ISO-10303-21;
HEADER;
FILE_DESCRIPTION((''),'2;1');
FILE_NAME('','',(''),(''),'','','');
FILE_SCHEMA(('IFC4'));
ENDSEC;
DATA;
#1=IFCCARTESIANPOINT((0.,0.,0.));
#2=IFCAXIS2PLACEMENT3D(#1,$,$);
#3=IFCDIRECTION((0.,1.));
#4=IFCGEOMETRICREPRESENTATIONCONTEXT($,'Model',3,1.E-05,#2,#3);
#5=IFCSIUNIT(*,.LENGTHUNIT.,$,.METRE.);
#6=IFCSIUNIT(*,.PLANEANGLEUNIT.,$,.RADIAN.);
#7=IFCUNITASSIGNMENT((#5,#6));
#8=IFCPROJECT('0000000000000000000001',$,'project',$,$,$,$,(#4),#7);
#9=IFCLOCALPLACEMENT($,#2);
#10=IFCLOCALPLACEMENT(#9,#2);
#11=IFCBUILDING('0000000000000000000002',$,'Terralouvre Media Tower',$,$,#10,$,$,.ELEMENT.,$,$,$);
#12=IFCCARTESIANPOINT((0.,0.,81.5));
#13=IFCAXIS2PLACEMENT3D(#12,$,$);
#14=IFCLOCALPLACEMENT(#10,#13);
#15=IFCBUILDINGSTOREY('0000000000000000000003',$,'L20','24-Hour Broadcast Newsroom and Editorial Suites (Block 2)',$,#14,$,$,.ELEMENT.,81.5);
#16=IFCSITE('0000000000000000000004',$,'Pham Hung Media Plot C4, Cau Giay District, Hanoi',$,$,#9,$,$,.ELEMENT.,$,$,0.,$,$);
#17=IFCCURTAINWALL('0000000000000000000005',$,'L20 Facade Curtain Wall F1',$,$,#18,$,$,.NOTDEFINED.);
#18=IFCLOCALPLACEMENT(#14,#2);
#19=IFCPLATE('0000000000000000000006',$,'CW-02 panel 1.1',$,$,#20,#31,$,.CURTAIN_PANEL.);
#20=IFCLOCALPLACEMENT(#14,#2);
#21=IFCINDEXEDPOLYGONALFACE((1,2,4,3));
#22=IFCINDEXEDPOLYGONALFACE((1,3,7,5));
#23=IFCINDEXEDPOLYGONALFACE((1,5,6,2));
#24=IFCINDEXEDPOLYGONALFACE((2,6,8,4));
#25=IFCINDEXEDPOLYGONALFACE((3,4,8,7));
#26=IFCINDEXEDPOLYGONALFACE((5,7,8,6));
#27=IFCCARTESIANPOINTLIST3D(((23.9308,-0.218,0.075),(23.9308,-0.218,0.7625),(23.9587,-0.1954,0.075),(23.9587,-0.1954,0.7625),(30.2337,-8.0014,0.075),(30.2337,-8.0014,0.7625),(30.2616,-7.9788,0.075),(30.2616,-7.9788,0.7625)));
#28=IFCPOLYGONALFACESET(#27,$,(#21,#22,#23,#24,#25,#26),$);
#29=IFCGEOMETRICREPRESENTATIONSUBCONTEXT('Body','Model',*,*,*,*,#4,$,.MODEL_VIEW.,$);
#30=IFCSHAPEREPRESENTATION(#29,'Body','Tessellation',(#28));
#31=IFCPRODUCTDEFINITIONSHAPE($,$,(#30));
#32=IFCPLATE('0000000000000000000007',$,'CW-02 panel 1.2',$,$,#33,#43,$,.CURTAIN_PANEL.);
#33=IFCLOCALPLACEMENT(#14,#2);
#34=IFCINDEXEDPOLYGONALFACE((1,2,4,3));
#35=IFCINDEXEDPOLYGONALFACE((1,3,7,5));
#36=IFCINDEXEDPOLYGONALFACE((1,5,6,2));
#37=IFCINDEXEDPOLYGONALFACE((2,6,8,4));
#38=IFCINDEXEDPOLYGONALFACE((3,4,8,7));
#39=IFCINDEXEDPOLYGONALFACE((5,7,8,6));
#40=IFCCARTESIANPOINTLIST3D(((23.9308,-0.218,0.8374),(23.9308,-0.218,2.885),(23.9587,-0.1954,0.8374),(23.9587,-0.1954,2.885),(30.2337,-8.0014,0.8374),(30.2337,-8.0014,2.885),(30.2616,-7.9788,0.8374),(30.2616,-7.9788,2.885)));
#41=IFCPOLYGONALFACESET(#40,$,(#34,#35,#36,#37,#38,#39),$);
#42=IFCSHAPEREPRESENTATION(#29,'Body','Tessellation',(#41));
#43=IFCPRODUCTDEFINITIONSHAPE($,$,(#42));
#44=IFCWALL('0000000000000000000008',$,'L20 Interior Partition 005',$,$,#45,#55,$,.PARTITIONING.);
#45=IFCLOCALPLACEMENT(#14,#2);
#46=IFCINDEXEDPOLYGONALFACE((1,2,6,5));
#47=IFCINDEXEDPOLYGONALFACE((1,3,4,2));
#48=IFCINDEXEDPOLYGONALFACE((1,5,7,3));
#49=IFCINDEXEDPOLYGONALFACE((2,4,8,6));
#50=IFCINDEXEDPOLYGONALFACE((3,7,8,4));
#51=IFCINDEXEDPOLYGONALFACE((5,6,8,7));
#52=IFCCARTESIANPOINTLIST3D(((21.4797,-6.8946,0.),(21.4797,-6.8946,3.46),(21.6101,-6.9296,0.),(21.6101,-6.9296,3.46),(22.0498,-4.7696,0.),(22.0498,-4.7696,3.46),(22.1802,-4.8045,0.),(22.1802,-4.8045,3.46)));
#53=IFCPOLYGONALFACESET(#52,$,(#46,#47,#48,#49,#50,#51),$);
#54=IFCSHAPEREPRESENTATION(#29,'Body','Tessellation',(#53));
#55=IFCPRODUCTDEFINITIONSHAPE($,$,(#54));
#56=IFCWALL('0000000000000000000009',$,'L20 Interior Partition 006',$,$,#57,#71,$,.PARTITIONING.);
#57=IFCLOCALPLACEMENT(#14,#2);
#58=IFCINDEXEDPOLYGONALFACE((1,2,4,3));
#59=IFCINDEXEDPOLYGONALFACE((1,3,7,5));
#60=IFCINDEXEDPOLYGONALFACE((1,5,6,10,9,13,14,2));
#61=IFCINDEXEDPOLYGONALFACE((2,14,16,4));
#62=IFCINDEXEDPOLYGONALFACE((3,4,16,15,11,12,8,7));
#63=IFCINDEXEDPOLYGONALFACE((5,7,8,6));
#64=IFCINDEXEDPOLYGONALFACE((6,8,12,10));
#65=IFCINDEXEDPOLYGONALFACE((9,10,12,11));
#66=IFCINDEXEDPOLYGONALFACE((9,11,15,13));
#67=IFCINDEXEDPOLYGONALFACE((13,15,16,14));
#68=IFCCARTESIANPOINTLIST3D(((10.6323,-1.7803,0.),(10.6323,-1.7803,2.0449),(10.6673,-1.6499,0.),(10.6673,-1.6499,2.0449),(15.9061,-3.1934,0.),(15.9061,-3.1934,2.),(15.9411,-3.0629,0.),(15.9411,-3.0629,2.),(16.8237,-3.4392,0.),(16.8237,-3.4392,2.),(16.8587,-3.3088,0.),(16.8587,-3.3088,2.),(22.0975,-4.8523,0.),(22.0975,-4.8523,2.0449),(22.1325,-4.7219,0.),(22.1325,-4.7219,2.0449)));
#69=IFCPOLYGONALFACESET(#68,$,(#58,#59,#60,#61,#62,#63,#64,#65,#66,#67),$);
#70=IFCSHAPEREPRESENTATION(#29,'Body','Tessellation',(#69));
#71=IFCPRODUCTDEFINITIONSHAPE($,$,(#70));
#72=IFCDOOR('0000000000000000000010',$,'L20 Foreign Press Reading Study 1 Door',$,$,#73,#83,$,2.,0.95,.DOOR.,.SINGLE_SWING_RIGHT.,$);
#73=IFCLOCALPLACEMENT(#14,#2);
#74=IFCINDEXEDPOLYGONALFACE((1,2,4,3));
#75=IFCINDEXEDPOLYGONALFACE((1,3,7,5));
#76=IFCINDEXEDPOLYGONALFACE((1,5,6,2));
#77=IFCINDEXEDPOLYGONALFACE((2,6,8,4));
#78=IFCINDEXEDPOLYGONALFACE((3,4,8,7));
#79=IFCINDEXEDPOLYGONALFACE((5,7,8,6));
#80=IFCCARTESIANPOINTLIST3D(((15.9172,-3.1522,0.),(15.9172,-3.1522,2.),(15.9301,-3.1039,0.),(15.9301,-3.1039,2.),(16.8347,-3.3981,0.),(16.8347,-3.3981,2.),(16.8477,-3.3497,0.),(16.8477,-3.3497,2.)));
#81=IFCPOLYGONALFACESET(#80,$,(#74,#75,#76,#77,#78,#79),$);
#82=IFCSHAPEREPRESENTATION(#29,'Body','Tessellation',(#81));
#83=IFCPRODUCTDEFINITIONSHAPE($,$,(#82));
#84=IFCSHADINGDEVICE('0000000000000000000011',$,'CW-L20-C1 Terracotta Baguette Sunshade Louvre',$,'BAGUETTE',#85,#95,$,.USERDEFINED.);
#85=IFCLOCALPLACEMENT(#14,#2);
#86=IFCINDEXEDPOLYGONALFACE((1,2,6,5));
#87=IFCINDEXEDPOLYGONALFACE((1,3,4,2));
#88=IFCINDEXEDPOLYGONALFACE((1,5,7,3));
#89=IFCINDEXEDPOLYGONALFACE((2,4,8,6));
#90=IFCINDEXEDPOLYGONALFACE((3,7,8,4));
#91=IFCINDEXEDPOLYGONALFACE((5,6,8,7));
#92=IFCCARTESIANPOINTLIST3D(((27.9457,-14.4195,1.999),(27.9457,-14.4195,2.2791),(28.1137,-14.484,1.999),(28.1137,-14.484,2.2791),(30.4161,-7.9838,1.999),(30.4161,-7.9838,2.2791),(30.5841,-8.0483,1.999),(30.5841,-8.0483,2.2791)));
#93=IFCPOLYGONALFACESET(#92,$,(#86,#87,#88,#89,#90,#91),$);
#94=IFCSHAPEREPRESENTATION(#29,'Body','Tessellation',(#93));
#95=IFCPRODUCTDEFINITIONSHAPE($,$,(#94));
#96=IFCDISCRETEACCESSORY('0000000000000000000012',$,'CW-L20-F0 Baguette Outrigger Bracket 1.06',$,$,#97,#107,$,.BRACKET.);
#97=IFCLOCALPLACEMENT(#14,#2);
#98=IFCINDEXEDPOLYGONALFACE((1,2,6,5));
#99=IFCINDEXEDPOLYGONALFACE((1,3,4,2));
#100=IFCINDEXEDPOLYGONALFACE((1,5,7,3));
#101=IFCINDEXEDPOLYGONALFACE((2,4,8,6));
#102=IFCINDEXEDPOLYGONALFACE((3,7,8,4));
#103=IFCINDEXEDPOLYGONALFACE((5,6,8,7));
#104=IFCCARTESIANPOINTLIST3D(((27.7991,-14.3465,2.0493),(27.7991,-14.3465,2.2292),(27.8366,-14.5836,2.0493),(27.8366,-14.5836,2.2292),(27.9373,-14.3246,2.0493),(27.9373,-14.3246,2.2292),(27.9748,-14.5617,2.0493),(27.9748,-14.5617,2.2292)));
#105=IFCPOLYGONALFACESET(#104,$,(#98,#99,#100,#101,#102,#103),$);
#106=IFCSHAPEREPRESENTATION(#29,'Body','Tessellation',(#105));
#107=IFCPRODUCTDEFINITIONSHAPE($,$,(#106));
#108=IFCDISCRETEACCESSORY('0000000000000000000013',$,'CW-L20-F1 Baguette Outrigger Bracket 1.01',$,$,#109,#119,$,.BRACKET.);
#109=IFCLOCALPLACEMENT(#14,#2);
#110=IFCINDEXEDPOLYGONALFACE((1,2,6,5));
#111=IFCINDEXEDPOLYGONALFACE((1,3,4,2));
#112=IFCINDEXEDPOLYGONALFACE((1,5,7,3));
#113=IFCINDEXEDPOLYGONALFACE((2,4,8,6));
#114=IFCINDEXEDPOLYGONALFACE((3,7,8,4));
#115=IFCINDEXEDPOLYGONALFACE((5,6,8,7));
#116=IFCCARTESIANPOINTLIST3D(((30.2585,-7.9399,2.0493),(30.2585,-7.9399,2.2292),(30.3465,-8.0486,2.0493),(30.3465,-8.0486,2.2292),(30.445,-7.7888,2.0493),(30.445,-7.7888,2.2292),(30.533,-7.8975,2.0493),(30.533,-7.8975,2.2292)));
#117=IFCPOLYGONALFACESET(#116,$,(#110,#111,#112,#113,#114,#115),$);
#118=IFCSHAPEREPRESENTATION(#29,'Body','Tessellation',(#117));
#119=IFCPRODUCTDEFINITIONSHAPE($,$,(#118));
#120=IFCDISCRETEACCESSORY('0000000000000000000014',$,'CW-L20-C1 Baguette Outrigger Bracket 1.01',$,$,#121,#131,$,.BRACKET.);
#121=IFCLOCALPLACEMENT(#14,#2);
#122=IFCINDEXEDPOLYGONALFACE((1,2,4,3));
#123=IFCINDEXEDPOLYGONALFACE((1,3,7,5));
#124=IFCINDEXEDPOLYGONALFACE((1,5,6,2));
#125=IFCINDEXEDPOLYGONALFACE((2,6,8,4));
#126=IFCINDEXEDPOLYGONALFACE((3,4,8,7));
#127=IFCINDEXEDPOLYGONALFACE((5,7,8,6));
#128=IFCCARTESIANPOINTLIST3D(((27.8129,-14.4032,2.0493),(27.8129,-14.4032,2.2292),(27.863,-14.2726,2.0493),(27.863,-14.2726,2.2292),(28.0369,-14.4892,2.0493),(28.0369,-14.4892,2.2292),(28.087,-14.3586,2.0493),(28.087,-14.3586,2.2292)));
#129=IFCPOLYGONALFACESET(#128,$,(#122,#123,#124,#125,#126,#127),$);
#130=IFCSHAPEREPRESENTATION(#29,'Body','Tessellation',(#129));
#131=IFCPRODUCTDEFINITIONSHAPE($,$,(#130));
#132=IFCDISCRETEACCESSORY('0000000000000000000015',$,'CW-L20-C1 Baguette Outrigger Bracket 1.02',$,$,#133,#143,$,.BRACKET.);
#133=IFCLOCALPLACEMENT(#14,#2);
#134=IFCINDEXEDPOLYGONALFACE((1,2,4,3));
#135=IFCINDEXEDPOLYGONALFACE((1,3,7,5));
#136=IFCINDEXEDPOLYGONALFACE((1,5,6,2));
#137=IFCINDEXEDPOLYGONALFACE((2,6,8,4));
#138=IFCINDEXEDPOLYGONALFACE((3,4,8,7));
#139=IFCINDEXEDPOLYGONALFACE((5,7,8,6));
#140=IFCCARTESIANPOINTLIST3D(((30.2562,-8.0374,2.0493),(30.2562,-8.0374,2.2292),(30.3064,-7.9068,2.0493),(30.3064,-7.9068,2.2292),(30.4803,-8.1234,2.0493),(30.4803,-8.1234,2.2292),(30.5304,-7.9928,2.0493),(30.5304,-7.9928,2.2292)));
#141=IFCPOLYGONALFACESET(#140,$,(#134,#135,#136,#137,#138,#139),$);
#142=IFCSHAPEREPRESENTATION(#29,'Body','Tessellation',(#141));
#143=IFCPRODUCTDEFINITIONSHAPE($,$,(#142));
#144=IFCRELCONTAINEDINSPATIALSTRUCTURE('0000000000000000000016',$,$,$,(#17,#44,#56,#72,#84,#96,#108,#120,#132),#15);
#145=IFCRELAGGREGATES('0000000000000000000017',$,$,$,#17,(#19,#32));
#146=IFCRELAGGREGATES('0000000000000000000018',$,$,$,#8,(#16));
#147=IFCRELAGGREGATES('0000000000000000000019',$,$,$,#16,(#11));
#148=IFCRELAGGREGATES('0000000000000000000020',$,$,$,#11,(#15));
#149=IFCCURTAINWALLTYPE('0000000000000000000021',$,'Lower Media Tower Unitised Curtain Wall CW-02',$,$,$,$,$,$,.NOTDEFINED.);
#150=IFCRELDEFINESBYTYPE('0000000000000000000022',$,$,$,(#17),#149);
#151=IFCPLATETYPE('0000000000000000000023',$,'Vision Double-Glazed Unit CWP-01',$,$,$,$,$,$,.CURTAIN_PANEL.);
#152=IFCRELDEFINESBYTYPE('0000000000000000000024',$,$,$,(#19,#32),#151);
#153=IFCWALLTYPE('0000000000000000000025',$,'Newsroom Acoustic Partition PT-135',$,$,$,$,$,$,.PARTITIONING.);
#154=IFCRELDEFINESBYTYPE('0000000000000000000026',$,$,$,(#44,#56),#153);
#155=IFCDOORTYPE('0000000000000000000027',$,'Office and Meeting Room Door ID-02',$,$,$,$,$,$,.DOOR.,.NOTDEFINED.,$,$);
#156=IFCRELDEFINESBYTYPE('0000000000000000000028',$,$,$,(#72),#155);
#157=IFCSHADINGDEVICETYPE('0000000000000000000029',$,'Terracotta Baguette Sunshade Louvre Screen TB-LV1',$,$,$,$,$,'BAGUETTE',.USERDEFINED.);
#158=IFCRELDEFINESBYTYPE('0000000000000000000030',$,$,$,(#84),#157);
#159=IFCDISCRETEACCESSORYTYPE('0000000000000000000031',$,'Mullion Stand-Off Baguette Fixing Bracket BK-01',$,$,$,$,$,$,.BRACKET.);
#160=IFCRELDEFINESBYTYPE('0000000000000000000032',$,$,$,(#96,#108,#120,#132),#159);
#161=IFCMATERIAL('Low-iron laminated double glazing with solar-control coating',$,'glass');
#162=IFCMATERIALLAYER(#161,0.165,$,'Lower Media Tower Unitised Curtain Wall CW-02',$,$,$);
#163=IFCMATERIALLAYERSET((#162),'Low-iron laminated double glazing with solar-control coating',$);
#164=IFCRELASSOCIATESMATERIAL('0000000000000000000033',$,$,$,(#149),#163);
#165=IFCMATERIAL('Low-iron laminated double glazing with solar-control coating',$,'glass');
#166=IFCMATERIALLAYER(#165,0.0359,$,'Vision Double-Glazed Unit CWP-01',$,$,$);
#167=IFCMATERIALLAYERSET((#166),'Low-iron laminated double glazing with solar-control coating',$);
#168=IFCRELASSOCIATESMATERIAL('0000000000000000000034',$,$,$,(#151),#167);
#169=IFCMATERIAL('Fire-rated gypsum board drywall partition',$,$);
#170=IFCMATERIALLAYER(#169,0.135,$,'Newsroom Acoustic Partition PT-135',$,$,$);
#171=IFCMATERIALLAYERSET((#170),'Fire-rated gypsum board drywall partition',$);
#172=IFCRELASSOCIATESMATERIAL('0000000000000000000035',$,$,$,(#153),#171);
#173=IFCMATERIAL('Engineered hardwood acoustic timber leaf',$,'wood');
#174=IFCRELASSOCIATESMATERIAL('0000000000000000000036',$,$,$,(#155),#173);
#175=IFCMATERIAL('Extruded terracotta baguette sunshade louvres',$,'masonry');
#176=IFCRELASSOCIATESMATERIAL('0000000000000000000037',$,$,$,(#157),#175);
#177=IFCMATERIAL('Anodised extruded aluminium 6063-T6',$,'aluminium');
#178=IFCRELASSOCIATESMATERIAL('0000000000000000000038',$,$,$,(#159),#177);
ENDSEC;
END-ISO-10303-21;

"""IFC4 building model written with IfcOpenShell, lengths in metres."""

from ifc_helpers import new_model, si_unit, direction, frame, frame_2d, origin, origin_2d, place, context, subcontext, project, spatial, rectangle, extrude, material, layer, layer_set, type_object, element, fill, aggregate, save


model = new_model("IFC4")

# Units and contexts
model_context = context("Model", 3, precision=1e-05, world=origin(), true_north=direction((0.0, 1.0)))
body_context = subcontext(model_context, "Body", "Model", "MODEL_VIEW")
ifc_project = project(units=[si_unit("LENGTHUNIT", "METRE"), si_unit("PLANEANGLEUNIT", "RADIAN")], contexts=[model_context])

# Site, building, storey
site_placement = place(None, origin())
site = spatial("IfcSite", under=ifc_project, at=site_placement, Name="Pham Hung Media Plot C4, Cau Giay District, Hanoi", CompositionType="ELEMENT", RefElevation=0.0)
building_placement = place(site_placement, origin())
building = spatial("IfcBuilding", under=site, at=building_placement, Name="Terralouvre Media Tower", CompositionType="ELEMENT")
storey_placement = place(building_placement, frame((0.0, 0.0, 81.5)))
storey = spatial("IfcBuildingStorey", under=building, at=storey_placement, Name="L20", Description="24-Hour Broadcast Newsroom and Editorial Suites (Block 2)", CompositionType="ELEMENT", Elevation=81.5)

# Curtain wall
ifc_material_1 = material(Name="Low-iron laminated double glazing with solar-control coating", Category="glass")
ifc_layer_1 = layer(ifc_material_1, 0.165, Name="Lower Media Tower Unitised Curtain Wall CW-02")
ifc_layer_set_1 = layer_set([ifc_layer_1], Name="Low-iron laminated double glazing with solar-control coating")
curtain_wall_type_1 = type_object("IfcCurtainWallType", Name="Lower Media Tower Unitised Curtain Wall CW-02", PredefinedType="NOTDEFINED", material=ifc_layer_set_1)
curtain_wall_1_placement = place(storey_placement, origin())
curtain_wall_1 = element("IfcCurtainWall", 1, at=curtain_wall_1_placement, inside=storey, type_object=curtain_wall_type_1, Name="L20 Facade Curtain Wall F1", PredefinedType="NOTDEFINED")

# Plates
ifc_material_2 = material(Name="Low-iron laminated double glazing with solar-control coating", Category="glass")
ifc_layer_2 = layer(ifc_material_2, 0.0359, Name="Vision Double-Glazed Unit CWP-01")
ifc_layer_set_2 = layer_set([ifc_layer_2], Name="Low-iron laminated double glazing with solar-control coating")
plate_type_1 = type_object("IfcPlateType", Name="Vision Double-Glazed Unit CWP-01", PredefinedType="CURTAIN_PANEL", material=ifc_layer_set_2)
plate_1_placement = place(storey_placement, frame((27.0962, -4.0984, 0.075), z_axis=(0.0, 0.0, 1.0), x_axis=(-0.62932, 0.777146, 0.0)))
plate_1 = element("IfcPlate", 2, at=plate_1_placement, type_object=plate_type_1, Name="CW-02 panel 1.1", PredefinedType="CURTAIN_PANEL", context=body_context, shape_type="SweptSolid", body=[
    extrude(rectangle(XDim=10.0154, YDim=0.0359, at=origin_2d()), origin(), (0.0, 0.0, 1.0), 0.6875),
])
plate_2_placement = place(storey_placement, frame((27.0962, -4.0984, 0.8374), z_axis=(0.0, 0.0, 1.0), x_axis=(-0.62932, 0.777146, 0.0)))
plate_2 = element("IfcPlate", 3, at=plate_2_placement, type_object=plate_type_1, Name="CW-02 panel 1.2", PredefinedType="CURTAIN_PANEL", context=body_context, shape_type="SweptSolid", body=[
    extrude(rectangle(XDim=10.0154, YDim=0.0359, at=origin_2d()), origin(), (0.0, 0.0, 1.0), 2.0476),
])
aggregate(curtain_wall_1, [plate_1, plate_2])

# Wall
ifc_material_3 = material(Name="Fire-rated gypsum board drywall partition")
ifc_layer_3 = layer(ifc_material_3, 0.135, Name="Newsroom Acoustic Partition PT-135")
ifc_layer_set_3 = layer_set([ifc_layer_3], Name="Fire-rated gypsum board drywall partition")
wall_type = type_object("IfcWallType", Name="Newsroom Acoustic Partition PT-135", PredefinedType="PARTITIONING", material=ifc_layer_set_3)
wall_1_placement = place(storey_placement, frame((21.5449, -6.9121, 0.0), z_axis=(0.0, 0.0, 1.0), x_axis=(0.259106, 0.965849, 0.0)))
element("IfcWall", 4, at=wall_1_placement, inside=storey, type_object=wall_type, Name="L20 Interior Partition 005", PredefinedType="PARTITIONING", context=body_context, shape_type="SweptSolid", body=[
    extrude(rectangle(XDim=2.2002, YDim=0.135, at=frame_2d((1.1001, 0.0))), origin(), (0.0, 0.0, 1.0), 3.46),
])

# Wall, opening, door
wall_2_placement = place(storey_placement, frame((22.115, -4.7871, 0.0), z_axis=(0.0, 0.0, 1.0), x_axis=(-0.965927, 0.258816, 0.0)))
wall_2 = element("IfcWall", 5, at=wall_2_placement, inside=storey, type_object=wall_type, Name="L20 Interior Partition 006", PredefinedType="PARTITIONING", context=body_context, shape_type="SweptSolid", body=[
    extrude(rectangle(XDim=11.8696, YDim=0.135, at=frame_2d((5.9348, 0.0))), origin(), (0.0, 0.0, 1.0), 2.0449),
])
opening_placement = place(wall_2_placement, frame((5.4597, 0.0, 0.0)))
opening = element("IfcOpeningElement", 6, at=opening_placement, cuts=wall_2, PredefinedType="OPENING", context=body_context, shape_type="SweptSolid", body=[
    extrude(rectangle(XDim=0.95, YDim=2.0, at=frame_2d((0.4751, 1.0))), frame((0.0, 0.0774, 0.0), z_axis=(0.0, -1.0, 0.0), x_axis=(1.0, 0.0, 0.0)), (0.0, 0.0, 1.0), 0.155),
])
ifc_material_4 = material(Name="Engineered hardwood acoustic timber leaf", Category="wood")
door_type = type_object("IfcDoorType", Name="Office and Meeting Room Door ID-02", OperationType="NOTDEFINED", PredefinedType="DOOR", material=ifc_material_4)
door_placement = place(opening_placement, origin())
door = element("IfcDoor", 7, at=door_placement, inside=storey, type_object=door_type, Name="L20 Foreign Press Reading Study 1 Door", OperationType="SINGLE_SWING_RIGHT", OverallHeight=2.0, OverallWidth=0.95, PredefinedType="DOOR", context=body_context, shape_type="SweptSolid", body=[
    extrude(rectangle(XDim=0.95, YDim=2.0, at=frame_2d((0.4751, 1.0))), frame((0.0, 0.0249, 0.0), z_axis=(0.0, -1.0, 0.0), x_axis=(1.0, 0.0, 0.0)), (0.0, 0.0, 1.0), 0.05),
])
fill(opening, door)

# Shading device
ifc_material_5 = material(Name="Extruded terracotta baguette sunshade louvres", Category="masonry")
shading_device_type = type_object("IfcShadingDeviceType", Name="Terracotta Baguette Sunshade Louvre Screen TB-LV1", ElementType="BAGUETTE", PredefinedType="USERDEFINED", material=ifc_material_5)
shading_device_placement = place(storey_placement, frame((29.2649, -11.2339, 1.999), z_axis=(0.0, 0.0, 1.0), x_axis=(0.358367, 0.933581, 0.0)))
element("IfcShadingDevice", 8, at=shading_device_placement, inside=storey, type_object=shading_device_type, Name="CW-L20-C1 Terracotta Baguette Sunshade Louvre", ObjectType="BAGUETTE", PredefinedType="USERDEFINED", context=body_context, shape_type="SweptSolid", body=[
    extrude(rectangle(XDim=6.8936, YDim=0.1799, at=origin_2d()), origin(), (0.0, 0.0, 1.0), 0.28),
])

# Discrete accessories
ifc_material_6 = material(Name="Anodised extruded aluminium 6063-T6", Category="aluminium")
discrete_accessory_type = type_object("IfcDiscreteAccessoryType", Name="Mullion Stand-Off Baguette Fixing Bracket BK-01", PredefinedType="BRACKET", material=ifc_material_6)
for number, where, z_axis, x_axis, name in (
    (9, (27.887, -14.4541, 2.0493), (0.0, 0.0, 1.0), (0.987688, 0.156434, 0.0), "CW-L20-F0 Baguette Outrigger Bracket 1.06"),
    (10, (30.3958, -7.9187, 2.0493), (0.0, 0.0, 1.0), (-0.62932, 0.777146, 0.0), "CW-L20-F1 Baguette Outrigger Bracket 1.01"),
    (11, (27.95, -14.3809, 2.0493), (0.0, 0.0, 1.0), (0.358367, 0.933581, 0.0), "CW-L20-C1 Baguette Outrigger Bracket 1.01"),
    (12, (30.3933, -8.0151, 2.0493), (0.0, 0.0, 1.0), (0.358367, 0.933581, 0.0), "CW-L20-C1 Baguette Outrigger Bracket 1.02"),
):
    element("IfcDiscreteAccessory", number, at=place(storey_placement, frame(where, z_axis=z_axis, x_axis=x_axis)), inside=storey, type_object=discrete_accessory_type, Name=name, PredefinedType="BRACKET", context=body_context, shape_type="SweptSolid", body=[
        extrude(rectangle(XDim=0.1399, YDim=0.24, at=origin_2d()), origin(), (0.0, 0.0, 1.0), 0.1799),
    ])

save(model, "model.ifc")
